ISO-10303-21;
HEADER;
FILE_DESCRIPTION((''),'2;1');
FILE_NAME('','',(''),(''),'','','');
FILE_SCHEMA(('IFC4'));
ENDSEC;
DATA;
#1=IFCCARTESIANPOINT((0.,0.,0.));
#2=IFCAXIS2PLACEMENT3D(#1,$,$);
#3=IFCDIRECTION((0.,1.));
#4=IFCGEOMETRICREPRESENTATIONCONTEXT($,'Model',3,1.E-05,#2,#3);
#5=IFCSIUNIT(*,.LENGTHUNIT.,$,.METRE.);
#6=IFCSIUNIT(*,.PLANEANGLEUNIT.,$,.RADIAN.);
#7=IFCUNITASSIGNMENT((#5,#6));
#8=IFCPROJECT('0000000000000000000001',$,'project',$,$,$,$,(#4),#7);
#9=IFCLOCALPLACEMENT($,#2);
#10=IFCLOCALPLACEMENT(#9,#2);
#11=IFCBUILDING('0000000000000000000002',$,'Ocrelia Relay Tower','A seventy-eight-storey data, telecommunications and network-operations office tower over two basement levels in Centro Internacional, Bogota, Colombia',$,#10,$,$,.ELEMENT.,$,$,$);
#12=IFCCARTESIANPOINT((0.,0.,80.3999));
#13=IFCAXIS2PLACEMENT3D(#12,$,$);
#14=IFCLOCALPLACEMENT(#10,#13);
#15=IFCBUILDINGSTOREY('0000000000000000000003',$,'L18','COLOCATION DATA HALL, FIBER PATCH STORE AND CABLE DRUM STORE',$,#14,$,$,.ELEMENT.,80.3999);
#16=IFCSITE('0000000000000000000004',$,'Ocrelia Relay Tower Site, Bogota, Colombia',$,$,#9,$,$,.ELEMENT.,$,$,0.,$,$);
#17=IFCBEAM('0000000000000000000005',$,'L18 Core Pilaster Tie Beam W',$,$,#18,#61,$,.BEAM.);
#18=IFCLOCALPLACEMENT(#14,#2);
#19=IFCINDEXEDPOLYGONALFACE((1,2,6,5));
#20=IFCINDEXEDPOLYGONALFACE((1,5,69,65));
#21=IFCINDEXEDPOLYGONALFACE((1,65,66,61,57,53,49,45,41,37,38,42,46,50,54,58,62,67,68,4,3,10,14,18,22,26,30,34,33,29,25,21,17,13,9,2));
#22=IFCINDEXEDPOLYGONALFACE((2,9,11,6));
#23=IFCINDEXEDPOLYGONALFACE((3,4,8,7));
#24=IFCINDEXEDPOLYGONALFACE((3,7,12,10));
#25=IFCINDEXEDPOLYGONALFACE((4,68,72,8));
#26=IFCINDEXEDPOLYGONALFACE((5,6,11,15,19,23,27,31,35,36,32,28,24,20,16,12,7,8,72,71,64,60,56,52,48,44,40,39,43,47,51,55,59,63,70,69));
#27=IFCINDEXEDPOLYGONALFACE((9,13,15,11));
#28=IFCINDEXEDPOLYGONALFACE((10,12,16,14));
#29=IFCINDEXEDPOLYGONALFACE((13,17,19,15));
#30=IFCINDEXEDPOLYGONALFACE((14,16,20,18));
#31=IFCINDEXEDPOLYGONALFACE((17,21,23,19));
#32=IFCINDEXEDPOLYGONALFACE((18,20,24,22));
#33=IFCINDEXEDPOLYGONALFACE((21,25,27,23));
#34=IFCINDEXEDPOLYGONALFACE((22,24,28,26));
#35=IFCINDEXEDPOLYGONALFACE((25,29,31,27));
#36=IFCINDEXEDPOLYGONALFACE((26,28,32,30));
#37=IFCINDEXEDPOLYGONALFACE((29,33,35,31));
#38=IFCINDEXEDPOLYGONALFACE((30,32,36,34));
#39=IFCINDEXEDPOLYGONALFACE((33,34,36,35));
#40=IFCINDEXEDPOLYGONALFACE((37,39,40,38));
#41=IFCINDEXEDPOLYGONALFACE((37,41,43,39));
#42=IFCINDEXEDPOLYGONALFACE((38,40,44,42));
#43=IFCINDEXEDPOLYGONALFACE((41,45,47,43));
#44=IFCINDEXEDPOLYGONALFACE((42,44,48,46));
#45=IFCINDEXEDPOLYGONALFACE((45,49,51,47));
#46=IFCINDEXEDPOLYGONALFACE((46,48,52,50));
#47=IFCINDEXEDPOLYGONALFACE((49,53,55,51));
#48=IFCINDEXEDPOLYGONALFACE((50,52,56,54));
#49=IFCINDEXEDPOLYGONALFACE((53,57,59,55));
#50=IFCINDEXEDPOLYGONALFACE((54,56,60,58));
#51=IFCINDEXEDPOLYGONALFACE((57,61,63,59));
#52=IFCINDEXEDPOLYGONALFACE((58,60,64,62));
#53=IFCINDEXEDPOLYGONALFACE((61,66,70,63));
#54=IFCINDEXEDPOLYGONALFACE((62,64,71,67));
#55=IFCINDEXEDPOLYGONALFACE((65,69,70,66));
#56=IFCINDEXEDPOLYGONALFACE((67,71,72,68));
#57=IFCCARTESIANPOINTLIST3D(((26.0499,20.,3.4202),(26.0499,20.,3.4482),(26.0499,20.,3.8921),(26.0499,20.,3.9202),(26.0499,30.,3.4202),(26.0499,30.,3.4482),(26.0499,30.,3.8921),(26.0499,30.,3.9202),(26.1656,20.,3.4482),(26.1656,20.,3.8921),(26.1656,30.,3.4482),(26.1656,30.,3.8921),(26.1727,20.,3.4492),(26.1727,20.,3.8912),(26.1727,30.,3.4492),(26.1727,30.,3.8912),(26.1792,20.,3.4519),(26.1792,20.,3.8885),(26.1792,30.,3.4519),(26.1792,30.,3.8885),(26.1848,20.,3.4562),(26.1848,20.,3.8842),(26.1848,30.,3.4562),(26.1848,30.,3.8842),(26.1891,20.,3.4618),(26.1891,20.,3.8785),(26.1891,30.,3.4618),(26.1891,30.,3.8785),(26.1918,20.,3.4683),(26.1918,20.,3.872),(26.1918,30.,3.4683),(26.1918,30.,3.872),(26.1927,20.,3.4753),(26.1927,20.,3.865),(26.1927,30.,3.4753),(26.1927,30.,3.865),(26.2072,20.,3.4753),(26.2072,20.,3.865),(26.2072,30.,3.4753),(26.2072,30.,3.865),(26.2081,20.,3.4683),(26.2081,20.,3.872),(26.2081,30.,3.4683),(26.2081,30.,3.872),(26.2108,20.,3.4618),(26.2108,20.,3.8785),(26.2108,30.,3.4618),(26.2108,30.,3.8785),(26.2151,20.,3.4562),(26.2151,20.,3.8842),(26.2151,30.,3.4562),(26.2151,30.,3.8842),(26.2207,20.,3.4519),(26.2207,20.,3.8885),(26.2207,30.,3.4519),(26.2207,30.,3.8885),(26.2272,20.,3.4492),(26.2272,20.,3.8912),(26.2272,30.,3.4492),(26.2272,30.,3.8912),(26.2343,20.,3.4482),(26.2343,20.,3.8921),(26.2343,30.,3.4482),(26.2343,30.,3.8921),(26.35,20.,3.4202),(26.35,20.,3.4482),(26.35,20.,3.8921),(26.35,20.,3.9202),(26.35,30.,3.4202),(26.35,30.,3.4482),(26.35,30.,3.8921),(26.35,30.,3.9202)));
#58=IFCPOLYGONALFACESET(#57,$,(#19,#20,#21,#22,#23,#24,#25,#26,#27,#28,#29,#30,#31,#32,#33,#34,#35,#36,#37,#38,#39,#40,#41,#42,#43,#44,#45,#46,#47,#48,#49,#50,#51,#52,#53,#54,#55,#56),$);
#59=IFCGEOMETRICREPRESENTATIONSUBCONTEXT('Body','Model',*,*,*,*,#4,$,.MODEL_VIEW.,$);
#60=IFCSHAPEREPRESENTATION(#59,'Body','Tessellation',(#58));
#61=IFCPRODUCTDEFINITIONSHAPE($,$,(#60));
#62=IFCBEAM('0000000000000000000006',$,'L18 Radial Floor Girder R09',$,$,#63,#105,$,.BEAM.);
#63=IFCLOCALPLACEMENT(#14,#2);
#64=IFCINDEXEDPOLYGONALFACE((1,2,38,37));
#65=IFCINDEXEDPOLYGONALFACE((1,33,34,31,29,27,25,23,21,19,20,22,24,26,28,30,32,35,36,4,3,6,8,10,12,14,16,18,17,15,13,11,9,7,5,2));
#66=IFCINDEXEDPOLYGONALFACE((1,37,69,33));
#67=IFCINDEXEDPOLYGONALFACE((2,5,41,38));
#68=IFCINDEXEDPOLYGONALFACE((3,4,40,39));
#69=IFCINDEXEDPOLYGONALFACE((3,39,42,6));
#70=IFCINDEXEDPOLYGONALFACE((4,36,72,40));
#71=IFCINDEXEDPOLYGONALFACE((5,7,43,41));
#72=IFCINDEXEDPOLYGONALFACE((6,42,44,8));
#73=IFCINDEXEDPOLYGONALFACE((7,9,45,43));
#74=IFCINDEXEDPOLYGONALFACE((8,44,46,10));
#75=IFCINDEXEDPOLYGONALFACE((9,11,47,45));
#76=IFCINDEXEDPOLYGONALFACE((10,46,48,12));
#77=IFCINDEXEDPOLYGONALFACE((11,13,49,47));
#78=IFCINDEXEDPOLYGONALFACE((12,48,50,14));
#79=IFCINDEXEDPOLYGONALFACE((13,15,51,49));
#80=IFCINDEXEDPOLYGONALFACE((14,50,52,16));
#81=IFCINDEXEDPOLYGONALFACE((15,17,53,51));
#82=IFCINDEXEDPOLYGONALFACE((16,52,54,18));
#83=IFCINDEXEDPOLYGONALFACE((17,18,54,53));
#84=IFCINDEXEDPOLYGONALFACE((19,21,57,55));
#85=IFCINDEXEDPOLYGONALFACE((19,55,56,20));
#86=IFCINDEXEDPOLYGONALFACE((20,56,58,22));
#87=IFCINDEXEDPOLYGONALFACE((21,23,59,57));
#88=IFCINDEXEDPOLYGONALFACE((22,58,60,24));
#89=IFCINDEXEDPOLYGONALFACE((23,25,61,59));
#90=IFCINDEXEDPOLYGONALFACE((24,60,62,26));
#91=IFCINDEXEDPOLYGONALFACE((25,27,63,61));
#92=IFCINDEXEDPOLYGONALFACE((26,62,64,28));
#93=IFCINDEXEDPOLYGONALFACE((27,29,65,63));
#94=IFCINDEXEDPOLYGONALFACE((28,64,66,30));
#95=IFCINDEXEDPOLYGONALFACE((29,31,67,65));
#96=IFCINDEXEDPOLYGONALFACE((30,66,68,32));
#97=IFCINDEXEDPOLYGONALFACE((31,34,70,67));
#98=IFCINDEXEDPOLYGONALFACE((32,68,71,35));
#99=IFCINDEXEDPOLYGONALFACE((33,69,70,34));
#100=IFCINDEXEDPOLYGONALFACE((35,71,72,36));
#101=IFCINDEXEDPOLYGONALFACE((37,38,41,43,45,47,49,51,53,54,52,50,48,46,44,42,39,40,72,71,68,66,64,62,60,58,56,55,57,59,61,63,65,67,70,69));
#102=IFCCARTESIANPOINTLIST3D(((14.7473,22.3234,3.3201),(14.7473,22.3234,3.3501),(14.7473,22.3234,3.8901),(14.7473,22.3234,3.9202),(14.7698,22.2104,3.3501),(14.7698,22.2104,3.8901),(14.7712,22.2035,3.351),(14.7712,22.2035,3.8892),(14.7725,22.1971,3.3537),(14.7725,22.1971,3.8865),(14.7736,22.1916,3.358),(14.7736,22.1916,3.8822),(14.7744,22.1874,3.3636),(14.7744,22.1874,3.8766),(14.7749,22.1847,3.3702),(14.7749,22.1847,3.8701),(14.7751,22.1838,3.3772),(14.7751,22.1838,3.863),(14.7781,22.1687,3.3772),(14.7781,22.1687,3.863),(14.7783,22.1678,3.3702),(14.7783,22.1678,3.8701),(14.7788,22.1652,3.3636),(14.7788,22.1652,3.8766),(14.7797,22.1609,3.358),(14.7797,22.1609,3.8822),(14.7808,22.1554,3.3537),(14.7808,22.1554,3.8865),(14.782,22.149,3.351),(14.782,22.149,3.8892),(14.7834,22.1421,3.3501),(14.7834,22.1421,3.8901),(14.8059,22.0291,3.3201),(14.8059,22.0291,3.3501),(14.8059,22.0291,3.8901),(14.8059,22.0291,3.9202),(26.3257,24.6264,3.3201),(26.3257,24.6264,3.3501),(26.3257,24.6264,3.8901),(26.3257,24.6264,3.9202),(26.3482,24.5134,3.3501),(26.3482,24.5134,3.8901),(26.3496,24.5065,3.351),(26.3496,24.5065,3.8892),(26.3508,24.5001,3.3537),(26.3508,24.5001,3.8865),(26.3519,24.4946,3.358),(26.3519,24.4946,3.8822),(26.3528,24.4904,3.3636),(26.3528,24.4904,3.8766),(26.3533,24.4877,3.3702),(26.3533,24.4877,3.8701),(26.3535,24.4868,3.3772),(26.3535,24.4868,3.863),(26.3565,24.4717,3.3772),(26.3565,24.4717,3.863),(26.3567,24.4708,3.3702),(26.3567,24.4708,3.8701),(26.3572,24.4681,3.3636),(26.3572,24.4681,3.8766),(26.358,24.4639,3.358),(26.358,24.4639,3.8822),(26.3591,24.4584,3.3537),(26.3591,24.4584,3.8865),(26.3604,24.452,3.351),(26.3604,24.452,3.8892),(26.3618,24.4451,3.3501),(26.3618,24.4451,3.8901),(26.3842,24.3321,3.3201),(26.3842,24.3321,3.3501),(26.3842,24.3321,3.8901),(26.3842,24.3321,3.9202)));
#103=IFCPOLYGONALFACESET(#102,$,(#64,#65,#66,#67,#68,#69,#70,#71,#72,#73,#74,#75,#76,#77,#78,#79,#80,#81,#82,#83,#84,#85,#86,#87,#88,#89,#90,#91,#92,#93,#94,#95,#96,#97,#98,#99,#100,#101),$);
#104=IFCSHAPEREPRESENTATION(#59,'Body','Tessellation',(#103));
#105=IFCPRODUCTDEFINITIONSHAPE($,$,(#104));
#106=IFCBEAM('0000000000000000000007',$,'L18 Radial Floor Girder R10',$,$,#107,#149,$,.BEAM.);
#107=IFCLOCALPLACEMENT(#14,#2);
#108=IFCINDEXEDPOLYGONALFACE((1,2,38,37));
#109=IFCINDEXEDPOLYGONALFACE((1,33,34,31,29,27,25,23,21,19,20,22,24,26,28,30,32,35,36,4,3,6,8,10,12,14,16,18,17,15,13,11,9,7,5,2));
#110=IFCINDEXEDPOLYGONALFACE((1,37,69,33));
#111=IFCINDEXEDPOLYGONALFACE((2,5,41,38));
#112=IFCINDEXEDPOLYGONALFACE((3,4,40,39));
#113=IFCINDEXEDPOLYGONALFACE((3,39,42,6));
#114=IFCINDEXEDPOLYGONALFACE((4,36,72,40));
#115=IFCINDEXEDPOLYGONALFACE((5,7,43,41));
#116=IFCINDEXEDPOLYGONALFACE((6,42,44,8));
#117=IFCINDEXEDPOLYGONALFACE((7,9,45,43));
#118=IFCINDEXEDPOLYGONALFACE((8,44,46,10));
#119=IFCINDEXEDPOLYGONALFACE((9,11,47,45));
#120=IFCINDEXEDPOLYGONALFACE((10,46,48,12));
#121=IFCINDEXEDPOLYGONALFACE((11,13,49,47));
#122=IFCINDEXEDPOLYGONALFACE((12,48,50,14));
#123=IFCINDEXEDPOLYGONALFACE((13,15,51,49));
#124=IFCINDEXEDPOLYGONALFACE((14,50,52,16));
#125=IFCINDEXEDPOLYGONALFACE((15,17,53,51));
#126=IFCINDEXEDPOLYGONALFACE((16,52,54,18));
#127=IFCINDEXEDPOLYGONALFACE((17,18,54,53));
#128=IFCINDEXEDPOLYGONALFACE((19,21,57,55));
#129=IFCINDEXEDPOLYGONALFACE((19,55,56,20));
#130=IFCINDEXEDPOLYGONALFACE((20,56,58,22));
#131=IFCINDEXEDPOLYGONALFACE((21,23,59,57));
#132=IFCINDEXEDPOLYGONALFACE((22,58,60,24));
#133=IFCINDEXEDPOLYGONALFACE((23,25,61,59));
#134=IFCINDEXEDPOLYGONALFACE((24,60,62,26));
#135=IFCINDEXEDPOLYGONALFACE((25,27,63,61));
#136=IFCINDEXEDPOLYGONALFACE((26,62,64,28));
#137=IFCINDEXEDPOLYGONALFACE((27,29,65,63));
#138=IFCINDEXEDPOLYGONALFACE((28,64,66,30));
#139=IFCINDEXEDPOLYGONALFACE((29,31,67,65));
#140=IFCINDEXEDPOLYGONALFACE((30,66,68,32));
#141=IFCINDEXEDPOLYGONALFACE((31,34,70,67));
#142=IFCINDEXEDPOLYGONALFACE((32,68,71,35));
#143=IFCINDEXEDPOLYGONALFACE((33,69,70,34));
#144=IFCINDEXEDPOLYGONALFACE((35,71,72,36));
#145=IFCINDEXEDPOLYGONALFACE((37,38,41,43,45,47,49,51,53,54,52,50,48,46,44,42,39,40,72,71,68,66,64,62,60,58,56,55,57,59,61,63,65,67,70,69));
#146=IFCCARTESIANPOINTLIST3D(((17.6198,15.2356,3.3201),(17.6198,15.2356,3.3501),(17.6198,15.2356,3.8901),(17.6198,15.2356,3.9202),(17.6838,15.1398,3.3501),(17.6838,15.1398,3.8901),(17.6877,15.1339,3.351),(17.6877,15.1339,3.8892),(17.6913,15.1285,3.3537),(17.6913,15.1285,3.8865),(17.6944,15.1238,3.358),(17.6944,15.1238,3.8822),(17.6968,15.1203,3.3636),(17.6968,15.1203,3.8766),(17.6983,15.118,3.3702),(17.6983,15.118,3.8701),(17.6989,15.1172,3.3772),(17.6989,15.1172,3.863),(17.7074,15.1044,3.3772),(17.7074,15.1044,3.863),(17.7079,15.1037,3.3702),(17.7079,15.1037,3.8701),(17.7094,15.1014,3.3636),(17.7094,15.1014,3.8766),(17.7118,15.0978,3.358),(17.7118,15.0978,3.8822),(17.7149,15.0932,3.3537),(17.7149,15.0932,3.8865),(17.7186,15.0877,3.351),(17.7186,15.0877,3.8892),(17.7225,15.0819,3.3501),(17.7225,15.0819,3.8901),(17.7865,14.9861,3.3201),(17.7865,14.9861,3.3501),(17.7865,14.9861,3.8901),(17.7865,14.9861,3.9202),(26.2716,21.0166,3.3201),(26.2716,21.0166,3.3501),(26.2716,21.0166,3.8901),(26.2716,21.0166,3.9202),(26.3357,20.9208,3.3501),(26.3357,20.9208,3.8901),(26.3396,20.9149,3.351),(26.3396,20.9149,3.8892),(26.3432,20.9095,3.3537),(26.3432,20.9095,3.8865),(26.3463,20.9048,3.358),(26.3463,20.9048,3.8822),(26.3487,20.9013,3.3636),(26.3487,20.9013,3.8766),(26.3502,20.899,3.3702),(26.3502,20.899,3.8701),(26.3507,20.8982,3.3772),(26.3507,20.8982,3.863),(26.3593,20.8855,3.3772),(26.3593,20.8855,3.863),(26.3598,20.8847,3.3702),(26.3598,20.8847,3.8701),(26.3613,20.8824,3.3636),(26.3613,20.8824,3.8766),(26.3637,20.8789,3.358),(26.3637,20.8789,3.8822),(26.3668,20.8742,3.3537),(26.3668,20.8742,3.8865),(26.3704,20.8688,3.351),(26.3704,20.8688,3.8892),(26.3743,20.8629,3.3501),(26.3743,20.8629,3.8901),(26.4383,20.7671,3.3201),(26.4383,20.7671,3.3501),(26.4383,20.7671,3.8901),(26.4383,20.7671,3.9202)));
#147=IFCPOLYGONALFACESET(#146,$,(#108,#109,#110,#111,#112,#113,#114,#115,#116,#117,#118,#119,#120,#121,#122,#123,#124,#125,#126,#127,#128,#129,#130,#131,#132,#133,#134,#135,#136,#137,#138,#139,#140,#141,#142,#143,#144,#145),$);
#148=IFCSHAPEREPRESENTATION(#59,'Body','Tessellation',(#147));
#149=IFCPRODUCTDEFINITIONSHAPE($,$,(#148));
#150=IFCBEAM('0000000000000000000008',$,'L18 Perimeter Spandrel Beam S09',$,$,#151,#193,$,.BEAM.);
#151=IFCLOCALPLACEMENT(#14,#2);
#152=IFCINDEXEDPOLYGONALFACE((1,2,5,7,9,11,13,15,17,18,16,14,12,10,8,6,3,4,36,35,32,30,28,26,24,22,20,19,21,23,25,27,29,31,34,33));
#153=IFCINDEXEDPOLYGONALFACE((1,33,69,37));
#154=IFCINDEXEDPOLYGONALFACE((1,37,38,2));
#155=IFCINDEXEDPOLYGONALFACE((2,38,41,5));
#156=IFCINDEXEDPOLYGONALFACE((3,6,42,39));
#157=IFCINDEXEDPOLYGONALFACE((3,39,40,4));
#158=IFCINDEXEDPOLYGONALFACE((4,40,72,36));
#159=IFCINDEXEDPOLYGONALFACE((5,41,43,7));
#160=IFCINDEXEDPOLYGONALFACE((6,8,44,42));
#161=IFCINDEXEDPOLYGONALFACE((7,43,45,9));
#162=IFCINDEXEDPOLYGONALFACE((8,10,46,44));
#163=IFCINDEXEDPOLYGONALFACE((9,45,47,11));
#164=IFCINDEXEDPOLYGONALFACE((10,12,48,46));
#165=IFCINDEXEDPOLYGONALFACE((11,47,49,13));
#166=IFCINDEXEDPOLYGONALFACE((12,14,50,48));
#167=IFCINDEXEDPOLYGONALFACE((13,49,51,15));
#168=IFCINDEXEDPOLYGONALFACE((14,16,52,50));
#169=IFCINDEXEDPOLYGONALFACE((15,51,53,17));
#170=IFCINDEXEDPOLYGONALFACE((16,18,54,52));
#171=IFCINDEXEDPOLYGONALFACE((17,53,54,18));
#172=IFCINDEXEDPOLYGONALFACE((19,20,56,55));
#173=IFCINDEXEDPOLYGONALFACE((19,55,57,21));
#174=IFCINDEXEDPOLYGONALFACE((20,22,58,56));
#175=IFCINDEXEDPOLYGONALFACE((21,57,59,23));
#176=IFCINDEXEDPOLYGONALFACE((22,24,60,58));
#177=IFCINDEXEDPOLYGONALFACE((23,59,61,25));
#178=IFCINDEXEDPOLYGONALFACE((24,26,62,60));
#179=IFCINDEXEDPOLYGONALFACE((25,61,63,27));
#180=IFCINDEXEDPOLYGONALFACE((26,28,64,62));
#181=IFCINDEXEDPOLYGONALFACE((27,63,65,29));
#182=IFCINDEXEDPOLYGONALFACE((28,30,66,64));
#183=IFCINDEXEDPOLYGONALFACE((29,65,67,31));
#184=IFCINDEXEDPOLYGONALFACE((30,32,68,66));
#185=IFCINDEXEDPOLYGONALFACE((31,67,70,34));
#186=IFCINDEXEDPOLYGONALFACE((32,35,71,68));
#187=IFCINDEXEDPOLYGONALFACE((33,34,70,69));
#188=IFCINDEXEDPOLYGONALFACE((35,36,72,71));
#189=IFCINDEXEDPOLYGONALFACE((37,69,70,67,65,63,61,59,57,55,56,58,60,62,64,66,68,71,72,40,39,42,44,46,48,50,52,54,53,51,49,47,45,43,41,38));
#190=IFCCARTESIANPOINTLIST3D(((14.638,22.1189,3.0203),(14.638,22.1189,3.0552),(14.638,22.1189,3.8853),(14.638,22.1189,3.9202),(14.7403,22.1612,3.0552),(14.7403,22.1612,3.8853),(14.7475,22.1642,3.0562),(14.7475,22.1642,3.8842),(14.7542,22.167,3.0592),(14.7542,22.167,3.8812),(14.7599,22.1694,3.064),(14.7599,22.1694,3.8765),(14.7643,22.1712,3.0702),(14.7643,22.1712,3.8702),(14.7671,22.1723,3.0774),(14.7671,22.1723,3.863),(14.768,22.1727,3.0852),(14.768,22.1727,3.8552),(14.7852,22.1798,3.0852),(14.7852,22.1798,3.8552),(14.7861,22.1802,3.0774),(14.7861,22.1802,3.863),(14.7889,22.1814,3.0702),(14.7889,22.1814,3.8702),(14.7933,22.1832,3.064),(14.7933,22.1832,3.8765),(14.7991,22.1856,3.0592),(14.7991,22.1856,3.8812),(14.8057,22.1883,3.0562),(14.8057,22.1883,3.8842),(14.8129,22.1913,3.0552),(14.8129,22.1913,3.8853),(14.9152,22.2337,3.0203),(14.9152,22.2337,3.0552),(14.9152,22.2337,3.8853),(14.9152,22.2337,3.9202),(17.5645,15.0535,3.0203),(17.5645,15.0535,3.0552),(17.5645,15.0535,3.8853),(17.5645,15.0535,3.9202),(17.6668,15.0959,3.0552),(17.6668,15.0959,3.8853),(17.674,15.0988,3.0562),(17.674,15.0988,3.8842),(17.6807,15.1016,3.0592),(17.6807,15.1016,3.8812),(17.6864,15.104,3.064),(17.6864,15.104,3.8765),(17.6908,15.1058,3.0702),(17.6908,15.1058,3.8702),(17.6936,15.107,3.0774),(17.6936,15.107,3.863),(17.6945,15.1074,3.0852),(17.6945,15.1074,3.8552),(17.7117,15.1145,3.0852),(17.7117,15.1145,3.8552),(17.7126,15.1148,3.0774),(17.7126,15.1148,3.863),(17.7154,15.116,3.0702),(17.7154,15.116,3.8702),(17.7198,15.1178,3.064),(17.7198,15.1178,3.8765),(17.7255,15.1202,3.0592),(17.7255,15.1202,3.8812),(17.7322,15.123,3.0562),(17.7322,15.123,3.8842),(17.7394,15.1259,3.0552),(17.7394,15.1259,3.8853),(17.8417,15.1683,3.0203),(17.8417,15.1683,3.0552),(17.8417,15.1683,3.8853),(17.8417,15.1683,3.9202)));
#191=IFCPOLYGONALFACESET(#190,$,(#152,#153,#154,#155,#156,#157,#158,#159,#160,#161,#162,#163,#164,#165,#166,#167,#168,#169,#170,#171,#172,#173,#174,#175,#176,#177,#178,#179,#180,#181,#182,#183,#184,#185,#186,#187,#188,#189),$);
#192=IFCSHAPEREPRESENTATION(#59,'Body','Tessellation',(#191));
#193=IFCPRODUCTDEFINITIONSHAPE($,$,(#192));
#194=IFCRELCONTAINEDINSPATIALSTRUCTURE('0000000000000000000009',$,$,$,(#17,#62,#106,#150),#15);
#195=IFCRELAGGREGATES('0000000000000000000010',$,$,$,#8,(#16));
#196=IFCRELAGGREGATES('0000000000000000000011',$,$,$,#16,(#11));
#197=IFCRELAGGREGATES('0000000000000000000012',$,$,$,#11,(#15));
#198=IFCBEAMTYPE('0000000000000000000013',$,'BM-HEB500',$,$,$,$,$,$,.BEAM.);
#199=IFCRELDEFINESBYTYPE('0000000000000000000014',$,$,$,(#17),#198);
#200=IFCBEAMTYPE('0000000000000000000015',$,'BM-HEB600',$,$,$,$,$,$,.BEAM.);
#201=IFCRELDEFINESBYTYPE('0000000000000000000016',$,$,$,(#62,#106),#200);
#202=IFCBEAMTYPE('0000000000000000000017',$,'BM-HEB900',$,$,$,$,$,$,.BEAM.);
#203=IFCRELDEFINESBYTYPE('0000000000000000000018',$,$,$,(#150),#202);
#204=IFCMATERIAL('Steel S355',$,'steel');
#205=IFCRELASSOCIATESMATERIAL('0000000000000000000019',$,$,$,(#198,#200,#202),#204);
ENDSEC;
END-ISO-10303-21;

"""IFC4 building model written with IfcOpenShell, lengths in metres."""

from ifc_helpers import new_model, si_unit, direction, frame, origin, origin_2d, place, context, subcontext, project, spatial, i_section, extrude, material, material_profile, profile_set, type_object, element, save


model = new_model("IFC4")

# Units and contexts
model_context = context("Model", 3, precision=1e-05, world=origin(), true_north=direction((0.0, 1.0)))
body_context = subcontext(model_context, "Body", "Model", "MODEL_VIEW")
ifc_project = project(units=[si_unit("LENGTHUNIT", "METRE"), si_unit("PLANEANGLEUNIT", "RADIAN")], contexts=[model_context])

# Site, building, storey
site_placement = place(None, origin())
site = spatial("IfcSite", under=ifc_project, at=site_placement, Name="Ocrelia Relay Tower Site, Bogota, Colombia", CompositionType="ELEMENT", RefElevation=0.0)
building_placement = place(site_placement, origin())
building = spatial("IfcBuilding", under=site, at=building_placement, Name="Ocrelia Relay Tower", Description="A seventy-eight-storey data, telecommunications and network-operations office tower over two basement levels in Centro Internacional, Bogota, Colombia", CompositionType="ELEMENT")
storey_placement = place(building_placement, frame((0.0, 0.0, 80.3999)))
storey = spatial("IfcBuildingStorey", under=building, at=storey_placement, Name="L18", Description="COLOCATION DATA HALL, FIBER PATCH STORE AND CABLE DRUM STORE", CompositionType="ELEMENT", Elevation=80.3999)

# Beams
ifc_material_1 = material(Name="Steel S355", Category="steel")
ifc_material_profile_1 = material_profile(ifc_material_1, i_section(OverallWidth=0.3, OverallDepth=0.5, WebThickness=0.0144, FlangeThickness=0.0281, FilletRadius=0.0271, at=origin_2d()), Name="HEB 500")
ifc_profile_set_1 = profile_set([ifc_material_profile_1], Name="Steel S355")
beam_type_1 = type_object("IfcBeamType", Name="BM-HEB500", PredefinedType="BEAM", material=ifc_profile_set_1)
beam_1_placement = place(storey_placement, frame((26.2, 20.0, 3.6702), z_axis=(0.0, 1.0, 0.0), x_axis=(-1.0, 0.0, 0.0)))
element("IfcBeam", 1, at=beam_1_placement, inside=storey, type_object=beam_type_1, Name="L18 Core Pilaster Tie Beam W", PredefinedType="BEAM", context=body_context, shape_type="SweptSolid", body=[
    extrude(i_section(OverallWidth=0.3, OverallDepth=0.5, WebThickness=0.0144, FlangeThickness=0.0281, FilletRadius=0.0271, at=origin_2d()), origin(), (0.0, 0.0, 1.0), 10.0),
])
ifc_material_profile_2 = material_profile(ifc_material_1, i_section(OverallWidth=0.3, OverallDepth=0.6001, WebThickness=0.0154, FlangeThickness=0.03, FilletRadius=0.0271, at=origin_2d()), Name="HEB 600")
ifc_profile_set_2 = profile_set([ifc_material_profile_2], Name="Steel S355")
beam_type_2 = type_object("IfcBeamType", Name="BM-HEB600", PredefinedType="BEAM", material=ifc_profile_set_2)
beam_2_placement = place(storey_placement, frame((14.7766, 22.1763, 3.6201), z_axis=(0.980787, 0.195082, 0.0), x_axis=(-0.195082, 0.980787, 0.0)))
element("IfcBeam", 2, at=beam_2_placement, inside=storey, type_object=beam_type_2, Name="L18 Radial Floor Girder R09", PredefinedType="BEAM", context=body_context, shape_type="SweptSolid", body=[
    extrude(i_section(OverallWidth=0.3, OverallDepth=0.6001, WebThickness=0.0154, FlangeThickness=0.03, FilletRadius=0.0271, at=origin_2d()), origin(), (0.0, 0.0, 1.0), 11.8052),
])
beam_3_placement = place(storey_placement, frame((17.7031, 15.1108, 3.6201), z_axis=(0.831469, 0.555572, 0.0), x_axis=(-0.555572, 0.831469, 0.0)))
element("IfcBeam", 3, at=beam_3_placement, inside=storey, type_object=beam_type_2, Name="L18 Radial Floor Girder R10", PredefinedType="BEAM", context=body_context, shape_type="SweptSolid", body=[
    extrude(i_section(OverallWidth=0.3, OverallDepth=0.6001, WebThickness=0.0154, FlangeThickness=0.03, FilletRadius=0.0271, at=origin_2d()), origin(), (0.0, 0.0, 1.0), 10.4055),
])
ifc_material_profile_3 = material_profile(ifc_material_1, i_section(OverallWidth=0.3, OverallDepth=0.8999, WebThickness=0.0186, FlangeThickness=0.0349, FilletRadius=0.03, at=origin_2d()), Name="HEB 900")
ifc_profile_set_3 = profile_set([ifc_material_profile_3], Name="Steel S355")
beam_type_3 = type_object("IfcBeamType", Name="BM-HEB900", PredefinedType="BEAM", material=ifc_profile_set_3)
beam_4_placement = place(storey_placement, frame((14.7766, 22.1763, 3.4702), z_axis=(0.382674, -0.923883, 0.0), x_axis=(0.923883, 0.382674, 0.0)))
element("IfcBeam", 4, at=beam_4_placement, inside=storey, type_object=beam_type_3, Name="L18 Perimeter Spandrel Beam S09", PredefinedType="BEAM", context=body_context, shape_type="SweptSolid", body=[
    extrude(i_section(OverallWidth=0.3, OverallDepth=0.8999, WebThickness=0.0186, FlangeThickness=0.0349, FilletRadius=0.03, at=origin_2d()), origin(), (0.0, 0.0, 1.0), 7.6475),
])

save(model, "model.ifc")
